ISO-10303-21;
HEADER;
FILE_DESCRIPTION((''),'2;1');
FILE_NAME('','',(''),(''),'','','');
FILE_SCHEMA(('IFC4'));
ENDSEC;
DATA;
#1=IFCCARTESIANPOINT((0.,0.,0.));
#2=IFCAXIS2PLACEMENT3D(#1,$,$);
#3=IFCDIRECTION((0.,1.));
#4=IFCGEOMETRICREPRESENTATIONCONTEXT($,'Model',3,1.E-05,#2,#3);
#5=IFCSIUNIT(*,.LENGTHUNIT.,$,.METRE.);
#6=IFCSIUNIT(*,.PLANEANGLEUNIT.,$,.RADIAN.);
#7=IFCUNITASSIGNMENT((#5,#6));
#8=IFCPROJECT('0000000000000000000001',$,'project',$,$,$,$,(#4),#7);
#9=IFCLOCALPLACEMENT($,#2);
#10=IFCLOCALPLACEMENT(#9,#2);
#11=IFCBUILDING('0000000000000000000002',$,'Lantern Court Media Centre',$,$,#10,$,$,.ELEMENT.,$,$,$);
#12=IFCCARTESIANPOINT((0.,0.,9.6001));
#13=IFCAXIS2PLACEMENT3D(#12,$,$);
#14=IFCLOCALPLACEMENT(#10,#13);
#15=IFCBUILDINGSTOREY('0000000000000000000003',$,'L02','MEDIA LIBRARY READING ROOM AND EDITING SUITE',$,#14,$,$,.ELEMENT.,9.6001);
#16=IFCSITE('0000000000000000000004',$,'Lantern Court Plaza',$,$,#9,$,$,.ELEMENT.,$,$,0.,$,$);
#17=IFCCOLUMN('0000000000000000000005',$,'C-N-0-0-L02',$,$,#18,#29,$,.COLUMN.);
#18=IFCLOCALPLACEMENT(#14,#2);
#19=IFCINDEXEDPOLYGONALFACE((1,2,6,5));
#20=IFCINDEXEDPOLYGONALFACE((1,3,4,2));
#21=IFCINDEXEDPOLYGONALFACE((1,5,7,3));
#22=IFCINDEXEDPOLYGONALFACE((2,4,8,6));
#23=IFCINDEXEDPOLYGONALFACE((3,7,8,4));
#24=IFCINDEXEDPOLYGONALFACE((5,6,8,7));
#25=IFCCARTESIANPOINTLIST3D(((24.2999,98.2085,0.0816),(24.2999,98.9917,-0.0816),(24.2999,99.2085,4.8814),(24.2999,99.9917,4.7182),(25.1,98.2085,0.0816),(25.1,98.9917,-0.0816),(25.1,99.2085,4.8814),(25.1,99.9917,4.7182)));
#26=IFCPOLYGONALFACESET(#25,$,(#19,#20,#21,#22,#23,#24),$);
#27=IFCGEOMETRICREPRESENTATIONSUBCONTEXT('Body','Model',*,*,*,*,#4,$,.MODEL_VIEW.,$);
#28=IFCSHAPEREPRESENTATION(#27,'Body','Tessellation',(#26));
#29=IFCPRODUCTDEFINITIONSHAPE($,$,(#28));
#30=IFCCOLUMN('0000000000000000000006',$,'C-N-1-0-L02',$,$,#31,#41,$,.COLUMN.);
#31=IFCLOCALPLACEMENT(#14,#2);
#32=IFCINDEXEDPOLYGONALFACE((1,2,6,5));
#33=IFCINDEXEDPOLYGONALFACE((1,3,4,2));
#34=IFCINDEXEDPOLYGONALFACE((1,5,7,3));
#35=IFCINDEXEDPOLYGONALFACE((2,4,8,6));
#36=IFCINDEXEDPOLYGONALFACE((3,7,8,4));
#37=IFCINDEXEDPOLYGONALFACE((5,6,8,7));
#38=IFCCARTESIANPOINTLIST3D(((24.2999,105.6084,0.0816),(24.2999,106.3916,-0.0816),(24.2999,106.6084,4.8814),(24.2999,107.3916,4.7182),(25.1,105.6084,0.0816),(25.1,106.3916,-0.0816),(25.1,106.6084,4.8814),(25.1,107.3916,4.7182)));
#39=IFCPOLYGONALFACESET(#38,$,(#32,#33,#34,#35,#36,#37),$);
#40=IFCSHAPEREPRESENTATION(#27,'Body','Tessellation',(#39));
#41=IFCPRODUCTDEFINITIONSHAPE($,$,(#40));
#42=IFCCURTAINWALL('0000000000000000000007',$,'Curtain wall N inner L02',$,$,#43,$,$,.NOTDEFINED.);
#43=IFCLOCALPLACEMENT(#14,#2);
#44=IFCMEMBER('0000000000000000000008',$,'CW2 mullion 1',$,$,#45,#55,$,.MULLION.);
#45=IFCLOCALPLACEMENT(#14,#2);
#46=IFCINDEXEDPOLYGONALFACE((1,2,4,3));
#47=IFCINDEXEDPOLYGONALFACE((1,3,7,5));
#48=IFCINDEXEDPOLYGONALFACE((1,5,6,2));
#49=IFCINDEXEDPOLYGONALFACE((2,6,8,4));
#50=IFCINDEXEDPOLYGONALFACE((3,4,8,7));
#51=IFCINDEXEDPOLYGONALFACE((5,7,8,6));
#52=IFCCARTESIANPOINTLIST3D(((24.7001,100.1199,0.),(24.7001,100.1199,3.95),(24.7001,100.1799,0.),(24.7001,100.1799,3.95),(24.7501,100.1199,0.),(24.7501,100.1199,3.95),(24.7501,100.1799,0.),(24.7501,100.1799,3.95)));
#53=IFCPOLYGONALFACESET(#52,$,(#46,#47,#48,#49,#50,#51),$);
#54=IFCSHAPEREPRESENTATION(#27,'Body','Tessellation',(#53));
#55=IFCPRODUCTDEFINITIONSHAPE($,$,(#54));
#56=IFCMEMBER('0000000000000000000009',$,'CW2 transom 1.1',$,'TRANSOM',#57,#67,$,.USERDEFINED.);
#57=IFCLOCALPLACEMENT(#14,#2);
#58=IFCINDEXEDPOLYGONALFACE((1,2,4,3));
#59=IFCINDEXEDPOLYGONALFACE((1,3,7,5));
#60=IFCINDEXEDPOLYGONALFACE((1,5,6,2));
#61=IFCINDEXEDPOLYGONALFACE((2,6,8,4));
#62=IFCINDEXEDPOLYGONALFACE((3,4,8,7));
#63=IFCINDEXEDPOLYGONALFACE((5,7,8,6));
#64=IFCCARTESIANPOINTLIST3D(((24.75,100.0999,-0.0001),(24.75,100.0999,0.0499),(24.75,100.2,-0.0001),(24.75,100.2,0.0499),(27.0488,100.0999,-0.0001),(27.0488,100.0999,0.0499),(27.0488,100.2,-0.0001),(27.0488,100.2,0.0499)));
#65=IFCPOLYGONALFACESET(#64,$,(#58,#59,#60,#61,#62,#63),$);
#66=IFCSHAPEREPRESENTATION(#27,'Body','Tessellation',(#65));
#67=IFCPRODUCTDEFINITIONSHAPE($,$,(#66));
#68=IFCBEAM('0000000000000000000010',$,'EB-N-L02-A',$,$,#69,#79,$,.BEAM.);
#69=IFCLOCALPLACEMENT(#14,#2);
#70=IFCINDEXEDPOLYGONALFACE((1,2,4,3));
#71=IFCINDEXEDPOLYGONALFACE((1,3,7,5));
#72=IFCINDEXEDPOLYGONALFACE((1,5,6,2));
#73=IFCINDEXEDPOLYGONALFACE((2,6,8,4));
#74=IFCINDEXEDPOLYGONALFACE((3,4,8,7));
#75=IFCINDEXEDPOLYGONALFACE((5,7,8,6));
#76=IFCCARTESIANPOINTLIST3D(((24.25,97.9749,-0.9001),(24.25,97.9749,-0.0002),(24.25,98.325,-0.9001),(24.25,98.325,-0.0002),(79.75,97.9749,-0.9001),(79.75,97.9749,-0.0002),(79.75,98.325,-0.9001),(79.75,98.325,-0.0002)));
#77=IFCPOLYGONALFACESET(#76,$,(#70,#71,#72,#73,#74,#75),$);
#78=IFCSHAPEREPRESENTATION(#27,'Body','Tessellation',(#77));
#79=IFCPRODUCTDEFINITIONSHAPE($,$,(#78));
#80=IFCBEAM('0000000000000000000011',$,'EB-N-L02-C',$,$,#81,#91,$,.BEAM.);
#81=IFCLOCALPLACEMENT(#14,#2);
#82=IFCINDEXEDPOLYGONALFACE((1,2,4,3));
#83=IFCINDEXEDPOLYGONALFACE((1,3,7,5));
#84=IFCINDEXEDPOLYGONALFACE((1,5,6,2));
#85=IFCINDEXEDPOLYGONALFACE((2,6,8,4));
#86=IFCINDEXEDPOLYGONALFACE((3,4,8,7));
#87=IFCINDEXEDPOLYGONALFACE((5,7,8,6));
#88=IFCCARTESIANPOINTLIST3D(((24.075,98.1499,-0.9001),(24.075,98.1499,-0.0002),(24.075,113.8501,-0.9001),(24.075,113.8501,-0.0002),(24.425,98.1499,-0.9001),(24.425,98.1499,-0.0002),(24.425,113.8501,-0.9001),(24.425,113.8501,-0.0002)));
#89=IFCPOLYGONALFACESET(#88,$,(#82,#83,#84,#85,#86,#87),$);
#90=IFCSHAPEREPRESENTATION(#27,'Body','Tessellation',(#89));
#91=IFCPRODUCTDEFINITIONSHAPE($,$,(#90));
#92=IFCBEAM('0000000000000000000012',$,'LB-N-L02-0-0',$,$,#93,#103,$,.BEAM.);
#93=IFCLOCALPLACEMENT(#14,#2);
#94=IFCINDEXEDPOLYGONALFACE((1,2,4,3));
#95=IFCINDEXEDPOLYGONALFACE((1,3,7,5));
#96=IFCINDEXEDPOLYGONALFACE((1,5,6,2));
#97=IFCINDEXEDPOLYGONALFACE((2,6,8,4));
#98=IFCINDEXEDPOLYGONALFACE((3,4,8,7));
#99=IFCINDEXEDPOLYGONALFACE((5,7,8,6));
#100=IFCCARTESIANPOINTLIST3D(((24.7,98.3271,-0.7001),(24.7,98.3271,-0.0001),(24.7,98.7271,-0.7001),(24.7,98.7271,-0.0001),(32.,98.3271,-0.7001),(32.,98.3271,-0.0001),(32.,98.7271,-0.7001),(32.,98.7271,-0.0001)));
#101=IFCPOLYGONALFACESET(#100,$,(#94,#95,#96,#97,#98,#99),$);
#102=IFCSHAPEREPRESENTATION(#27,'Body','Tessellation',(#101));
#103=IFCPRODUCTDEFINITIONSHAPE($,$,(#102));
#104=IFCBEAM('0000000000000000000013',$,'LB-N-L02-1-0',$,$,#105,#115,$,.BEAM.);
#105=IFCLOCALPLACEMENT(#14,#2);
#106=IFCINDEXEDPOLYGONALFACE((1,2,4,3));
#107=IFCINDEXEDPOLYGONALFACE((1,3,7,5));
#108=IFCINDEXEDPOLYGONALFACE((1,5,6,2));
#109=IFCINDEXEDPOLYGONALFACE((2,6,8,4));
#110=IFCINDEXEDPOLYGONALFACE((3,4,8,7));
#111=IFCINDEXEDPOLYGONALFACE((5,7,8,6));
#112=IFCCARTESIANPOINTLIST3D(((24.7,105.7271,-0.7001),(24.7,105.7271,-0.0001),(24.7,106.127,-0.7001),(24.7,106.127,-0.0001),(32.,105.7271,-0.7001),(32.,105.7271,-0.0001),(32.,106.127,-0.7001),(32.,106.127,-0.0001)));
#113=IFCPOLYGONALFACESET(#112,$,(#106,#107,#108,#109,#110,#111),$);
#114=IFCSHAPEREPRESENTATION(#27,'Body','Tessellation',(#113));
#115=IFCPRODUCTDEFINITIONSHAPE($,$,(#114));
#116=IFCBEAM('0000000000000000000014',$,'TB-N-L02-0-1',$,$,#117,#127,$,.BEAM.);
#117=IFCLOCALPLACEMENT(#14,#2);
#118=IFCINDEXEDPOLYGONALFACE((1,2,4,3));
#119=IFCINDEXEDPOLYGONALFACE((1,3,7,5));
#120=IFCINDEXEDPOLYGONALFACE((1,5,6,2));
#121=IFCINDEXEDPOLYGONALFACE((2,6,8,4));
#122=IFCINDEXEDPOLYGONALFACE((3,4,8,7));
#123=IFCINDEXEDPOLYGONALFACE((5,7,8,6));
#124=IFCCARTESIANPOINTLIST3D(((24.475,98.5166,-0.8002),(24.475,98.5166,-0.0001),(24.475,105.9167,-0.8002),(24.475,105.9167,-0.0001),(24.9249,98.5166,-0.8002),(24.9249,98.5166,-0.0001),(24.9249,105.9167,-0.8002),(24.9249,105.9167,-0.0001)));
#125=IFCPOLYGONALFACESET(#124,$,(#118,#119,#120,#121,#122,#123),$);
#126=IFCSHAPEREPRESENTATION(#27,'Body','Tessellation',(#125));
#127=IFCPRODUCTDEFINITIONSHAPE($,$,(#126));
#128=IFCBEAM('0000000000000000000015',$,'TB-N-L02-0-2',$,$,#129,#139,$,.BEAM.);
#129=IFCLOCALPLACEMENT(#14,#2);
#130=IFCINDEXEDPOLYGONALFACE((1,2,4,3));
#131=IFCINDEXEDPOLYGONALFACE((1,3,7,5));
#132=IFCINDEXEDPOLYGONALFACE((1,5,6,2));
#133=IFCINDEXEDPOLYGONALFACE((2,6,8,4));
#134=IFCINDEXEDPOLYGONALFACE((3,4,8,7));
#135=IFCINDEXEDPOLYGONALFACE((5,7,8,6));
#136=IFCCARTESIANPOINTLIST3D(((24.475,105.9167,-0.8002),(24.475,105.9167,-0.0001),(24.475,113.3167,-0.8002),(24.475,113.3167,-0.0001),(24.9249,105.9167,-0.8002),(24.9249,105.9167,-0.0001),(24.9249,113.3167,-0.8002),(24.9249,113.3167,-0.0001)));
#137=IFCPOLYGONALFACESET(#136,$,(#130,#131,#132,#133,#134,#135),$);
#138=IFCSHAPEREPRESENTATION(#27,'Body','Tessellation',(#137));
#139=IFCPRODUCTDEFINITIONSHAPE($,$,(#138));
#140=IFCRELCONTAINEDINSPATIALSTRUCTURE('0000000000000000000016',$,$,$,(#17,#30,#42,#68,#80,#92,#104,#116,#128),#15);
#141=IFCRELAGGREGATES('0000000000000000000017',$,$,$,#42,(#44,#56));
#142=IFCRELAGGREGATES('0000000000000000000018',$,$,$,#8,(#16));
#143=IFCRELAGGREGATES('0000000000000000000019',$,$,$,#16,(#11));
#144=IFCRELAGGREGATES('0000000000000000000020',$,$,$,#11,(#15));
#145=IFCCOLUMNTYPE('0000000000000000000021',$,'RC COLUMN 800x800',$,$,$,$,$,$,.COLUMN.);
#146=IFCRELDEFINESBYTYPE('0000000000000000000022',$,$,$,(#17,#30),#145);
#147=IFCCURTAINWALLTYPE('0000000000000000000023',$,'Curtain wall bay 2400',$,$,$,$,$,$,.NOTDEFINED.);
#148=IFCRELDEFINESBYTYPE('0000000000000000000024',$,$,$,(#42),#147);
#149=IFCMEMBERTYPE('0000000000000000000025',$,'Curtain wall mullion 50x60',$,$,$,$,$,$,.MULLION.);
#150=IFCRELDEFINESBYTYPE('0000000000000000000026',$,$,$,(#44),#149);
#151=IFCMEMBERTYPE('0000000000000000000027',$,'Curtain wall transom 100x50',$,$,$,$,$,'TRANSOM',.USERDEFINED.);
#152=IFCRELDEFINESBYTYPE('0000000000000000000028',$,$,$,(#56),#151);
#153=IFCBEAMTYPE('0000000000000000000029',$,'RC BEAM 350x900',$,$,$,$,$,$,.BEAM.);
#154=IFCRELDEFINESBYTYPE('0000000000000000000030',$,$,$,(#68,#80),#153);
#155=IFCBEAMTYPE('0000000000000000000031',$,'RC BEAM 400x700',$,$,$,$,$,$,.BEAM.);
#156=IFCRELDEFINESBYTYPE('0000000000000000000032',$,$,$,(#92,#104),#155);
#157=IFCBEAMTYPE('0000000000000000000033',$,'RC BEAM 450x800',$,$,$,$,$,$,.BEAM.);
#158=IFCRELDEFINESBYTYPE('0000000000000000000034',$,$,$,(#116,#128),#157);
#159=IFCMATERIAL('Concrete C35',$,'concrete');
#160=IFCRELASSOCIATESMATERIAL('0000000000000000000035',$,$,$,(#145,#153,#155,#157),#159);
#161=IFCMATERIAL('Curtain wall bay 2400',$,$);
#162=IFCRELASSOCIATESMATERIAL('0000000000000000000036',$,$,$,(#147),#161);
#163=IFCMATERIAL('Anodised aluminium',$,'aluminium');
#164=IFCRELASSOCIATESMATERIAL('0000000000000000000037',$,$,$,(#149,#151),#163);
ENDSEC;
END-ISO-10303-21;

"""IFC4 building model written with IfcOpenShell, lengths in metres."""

from ifc_helpers import new_model, si_unit, direction, frame, origin, origin_2d, place, context, subcontext, project, spatial, rectangle, extrude, material, material_profile, profile_set, type_object, element, aggregate, save


model = new_model("IFC4")

# Units and contexts
model_context = context("Model", 3, precision=1e-05, world=origin(), true_north=direction((0.0, 1.0)))
body_context = subcontext(model_context, "Body", "Model", "MODEL_VIEW")
ifc_project = project(units=[si_unit("LENGTHUNIT", "METRE"), si_unit("PLANEANGLEUNIT", "RADIAN")], contexts=[model_context])

# Site, building, storey
site_placement = place(None, origin())
site = spatial("IfcSite", under=ifc_project, at=site_placement, Name="Lantern Court Plaza", CompositionType="ELEMENT", RefElevation=0.0)
building_placement = place(site_placement, origin())
building = spatial("IfcBuilding", under=site, at=building_placement, Name="Lantern Court Media Centre", CompositionType="ELEMENT")
storey_placement = place(building_placement, frame((0.0, 0.0, 9.6001)))
storey = spatial("IfcBuildingStorey", under=building, at=storey_placement, Name="L02", Description="MEDIA LIBRARY READING ROOM AND EDITING SUITE", CompositionType="ELEMENT", Elevation=9.6001)

# Columns
ifc_material_1 = material(Name="Concrete C35", Category="concrete")
ifc_material_profile_1 = material_profile(ifc_material_1, rectangle(XDim=0.8, YDim=0.8, at=origin_2d()), Name="RC 800x800")
ifc_profile_set_1 = profile_set([ifc_material_profile_1], Name="Concrete C35")
column_type = type_object("IfcColumnType", Name="RC COLUMN 800x800", PredefinedType="COLUMN", material=ifc_profile_set_1)
for number, where, z_axis, x_axis, name in (
    (1, (24.7, 98.6001, 0.0), (0.0, 0.203962, 0.978979), (-1.0, 0.0, 0.0), "C-N-0-0-L02"),
    (2, (24.7, 106.0, 0.0), (0.0, 0.203962, 0.978979), (-1.0, 0.0, 0.0), "C-N-1-0-L02"),
):
    element("IfcColumn", number, at=place(storey_placement, frame(where, z_axis=z_axis, x_axis=x_axis)), inside=storey, type_object=column_type, Name=name, PredefinedType="COLUMN", context=body_context, shape_type="SweptSolid", body=[
        extrude(rectangle(XDim=0.8, YDim=0.8, at=origin_2d()), origin(), (0.0, 0.0, 1.0), 4.9028),
    ])

# Curtain wall, members
ifc_material_2 = material(Name="Curtain wall bay 2400")
curtain_wall_type = type_object("IfcCurtainWallType", Name="Curtain wall bay 2400", PredefinedType="NOTDEFINED", material=ifc_material_2)
curtain_wall_placement = place(storey_placement, origin())
curtain_wall = element("IfcCurtainWall", 3, at=curtain_wall_placement, inside=storey, type_object=curtain_wall_type, Name="Curtain wall N inner L02", PredefinedType="NOTDEFINED")
ifc_material_3 = material(Name="Anodised aluminium", Category="aluminium")
ifc_material_profile_2 = material_profile(ifc_material_3, rectangle(XDim=0.0601, YDim=0.05, at=origin_2d()), Name="AL 50x60")
ifc_profile_set_2 = profile_set([ifc_material_profile_2], Name="Anodised aluminium")
member_type_1 = type_object("IfcMemberType", Name="Curtain wall mullion 50x60", PredefinedType="MULLION", material=ifc_profile_set_2)
member_1_placement = place(storey_placement, frame((24.7251, 100.1499, 0.0), z_axis=(0.0, 0.0, 1.0), x_axis=(0.0, 1.0, 0.0)))
member_1 = element("IfcMember", 4, at=member_1_placement, type_object=member_type_1, Name="CW2 mullion 1", PredefinedType="MULLION", context=body_context, shape_type="SweptSolid", body=[
    extrude(rectangle(XDim=0.0601, YDim=0.05, at=origin_2d()), origin(), (0.0, 0.0, 1.0), 3.95),
])
ifc_material_profile_3 = material_profile(ifc_material_3, rectangle(XDim=0.1001, YDim=0.05, at=origin_2d()), Name="AL 50x100")
ifc_profile_set_3 = profile_set([ifc_material_profile_3], Name="Anodised aluminium")
member_type_2 = type_object("IfcMemberType", Name="Curtain wall transom 100x50", ElementType="TRANSOM", PredefinedType="USERDEFINED", material=ifc_profile_set_3)
member_2_placement = place(storey_placement, frame((24.75, 100.1499, 0.0249), z_axis=(1.0, 0.0, 0.0), x_axis=(0.0, 1.0, 0.0)))
member_2 = element("IfcMember", 5, at=member_2_placement, type_object=member_type_2, Name="CW2 transom 1.1", ObjectType="TRANSOM", PredefinedType="USERDEFINED", context=body_context, shape_type="SweptSolid", body=[
    extrude(rectangle(XDim=0.1001, YDim=0.05, at=origin_2d()), origin(), (0.0, 0.0, 1.0), 2.2988),
])
aggregate(curtain_wall, [member_1, member_2])

# Beams
ifc_material_profile_4 = material_profile(ifc_material_1, rectangle(XDim=0.3501, YDim=0.8999, at=origin_2d()), Name="RC 350x900")
ifc_profile_set_4 = profile_set([ifc_material_profile_4], Name="Concrete C35")
beam_type_1 = type_object("IfcBeamType", Name="RC BEAM 350x900", PredefinedType="BEAM", material=ifc_profile_set_4)
beam_1_placement = place(storey_placement, frame((24.25, 98.1499, -0.4502), z_axis=(1.0, 0.0, 0.0), x_axis=(0.0, 1.0, 0.0)))
element("IfcBeam", 6, at=beam_1_placement, inside=storey, type_object=beam_type_1, Name="EB-N-L02-A", PredefinedType="BEAM", context=body_context, shape_type="SweptSolid", body=[
    extrude(rectangle(XDim=0.3501, YDim=0.8999, at=origin_2d()), origin(), (0.0, 0.0, 1.0), 55.5),
])
beam_2_placement = place(storey_placement, frame((24.25, 98.1499, -0.4502), z_axis=(0.0, 1.0, 0.0), x_axis=(-1.0, 0.0, 0.0)))
element("IfcBeam", 7, at=beam_2_placement, inside=storey, type_object=beam_type_1, Name="EB-N-L02-C", PredefinedType="BEAM", context=body_context, shape_type="SweptSolid", body=[
    extrude(rectangle(XDim=0.3501, YDim=0.8999, at=origin_2d()), origin(), (0.0, 0.0, 1.0), 15.7002),
])
ifc_material_profile_5 = material_profile(ifc_material_1, rectangle(XDim=0.3999, YDim=0.7, at=origin_2d()), Name="RC 400x700")
ifc_profile_set_5 = profile_set([ifc_material_profile_5], Name="Concrete C35")
beam_type_2 = type_object("IfcBeamType", Name="RC BEAM 400x700", PredefinedType="BEAM", material=ifc_profile_set_5)
for number, where, z_axis, x_axis, name in (
    (8, (24.7, 98.5271, -0.3501), (1.0, 0.0, 0.0), (0.0, 1.0, 0.0), "LB-N-L02-0-0"),
    (9, (24.7, 105.927, -0.3501), (1.0, 0.0, 0.0), (0.0, 1.0, 0.0), "LB-N-L02-1-0"),
):
    element("IfcBeam", number, at=place(storey_placement, frame(where, z_axis=z_axis, x_axis=x_axis)), inside=storey, type_object=beam_type_2, Name=name, PredefinedType="BEAM", context=body_context, shape_type="SweptSolid", body=[
        extrude(rectangle(XDim=0.3999, YDim=0.7, at=origin_2d()), origin(), (0.0, 0.0, 1.0), 7.3),
    ])
ifc_material_profile_6 = material_profile(ifc_material_1, rectangle(XDim=0.45, YDim=0.8, at=origin_2d()), Name="RC 450x800")
ifc_profile_set_6 = profile_set([ifc_material_profile_6], Name="Concrete C35")
beam_type_3 = type_object("IfcBeamType", Name="RC BEAM 450x800", PredefinedType="BEAM", material=ifc_profile_set_6)
beam_3_placement = place(storey_placement, frame((24.7, 98.5166, -0.4001), z_axis=(0.0, 1.0, 0.0), x_axis=(-1.0, 0.0, 0.0)))
element("IfcBeam", 10, at=beam_3_placement, inside=storey, type_object=beam_type_3, Name="TB-N-L02-0-1", PredefinedType="BEAM", context=body_context, shape_type="SweptSolid", body=[
    extrude(rectangle(XDim=0.45, YDim=0.8, at=origin_2d()), origin(), (0.0, 0.0, 1.0), 7.4001),
])
beam_4_placement = place(storey_placement, frame((24.7, 105.9167, -0.4001), z_axis=(0.0, 1.0, 0.0), x_axis=(-1.0, 0.0, 0.0)))
element("IfcBeam", 11, at=beam_4_placement, inside=storey, type_object=beam_type_3, Name="TB-N-L02-0-2", PredefinedType="BEAM", context=body_context, shape_type="SweptSolid", body=[
    extrude(rectangle(XDim=0.45, YDim=0.8, at=origin_2d()), origin(), (0.0, 0.0, 1.0), 7.3999),
])

save(model, "model.ifc")
